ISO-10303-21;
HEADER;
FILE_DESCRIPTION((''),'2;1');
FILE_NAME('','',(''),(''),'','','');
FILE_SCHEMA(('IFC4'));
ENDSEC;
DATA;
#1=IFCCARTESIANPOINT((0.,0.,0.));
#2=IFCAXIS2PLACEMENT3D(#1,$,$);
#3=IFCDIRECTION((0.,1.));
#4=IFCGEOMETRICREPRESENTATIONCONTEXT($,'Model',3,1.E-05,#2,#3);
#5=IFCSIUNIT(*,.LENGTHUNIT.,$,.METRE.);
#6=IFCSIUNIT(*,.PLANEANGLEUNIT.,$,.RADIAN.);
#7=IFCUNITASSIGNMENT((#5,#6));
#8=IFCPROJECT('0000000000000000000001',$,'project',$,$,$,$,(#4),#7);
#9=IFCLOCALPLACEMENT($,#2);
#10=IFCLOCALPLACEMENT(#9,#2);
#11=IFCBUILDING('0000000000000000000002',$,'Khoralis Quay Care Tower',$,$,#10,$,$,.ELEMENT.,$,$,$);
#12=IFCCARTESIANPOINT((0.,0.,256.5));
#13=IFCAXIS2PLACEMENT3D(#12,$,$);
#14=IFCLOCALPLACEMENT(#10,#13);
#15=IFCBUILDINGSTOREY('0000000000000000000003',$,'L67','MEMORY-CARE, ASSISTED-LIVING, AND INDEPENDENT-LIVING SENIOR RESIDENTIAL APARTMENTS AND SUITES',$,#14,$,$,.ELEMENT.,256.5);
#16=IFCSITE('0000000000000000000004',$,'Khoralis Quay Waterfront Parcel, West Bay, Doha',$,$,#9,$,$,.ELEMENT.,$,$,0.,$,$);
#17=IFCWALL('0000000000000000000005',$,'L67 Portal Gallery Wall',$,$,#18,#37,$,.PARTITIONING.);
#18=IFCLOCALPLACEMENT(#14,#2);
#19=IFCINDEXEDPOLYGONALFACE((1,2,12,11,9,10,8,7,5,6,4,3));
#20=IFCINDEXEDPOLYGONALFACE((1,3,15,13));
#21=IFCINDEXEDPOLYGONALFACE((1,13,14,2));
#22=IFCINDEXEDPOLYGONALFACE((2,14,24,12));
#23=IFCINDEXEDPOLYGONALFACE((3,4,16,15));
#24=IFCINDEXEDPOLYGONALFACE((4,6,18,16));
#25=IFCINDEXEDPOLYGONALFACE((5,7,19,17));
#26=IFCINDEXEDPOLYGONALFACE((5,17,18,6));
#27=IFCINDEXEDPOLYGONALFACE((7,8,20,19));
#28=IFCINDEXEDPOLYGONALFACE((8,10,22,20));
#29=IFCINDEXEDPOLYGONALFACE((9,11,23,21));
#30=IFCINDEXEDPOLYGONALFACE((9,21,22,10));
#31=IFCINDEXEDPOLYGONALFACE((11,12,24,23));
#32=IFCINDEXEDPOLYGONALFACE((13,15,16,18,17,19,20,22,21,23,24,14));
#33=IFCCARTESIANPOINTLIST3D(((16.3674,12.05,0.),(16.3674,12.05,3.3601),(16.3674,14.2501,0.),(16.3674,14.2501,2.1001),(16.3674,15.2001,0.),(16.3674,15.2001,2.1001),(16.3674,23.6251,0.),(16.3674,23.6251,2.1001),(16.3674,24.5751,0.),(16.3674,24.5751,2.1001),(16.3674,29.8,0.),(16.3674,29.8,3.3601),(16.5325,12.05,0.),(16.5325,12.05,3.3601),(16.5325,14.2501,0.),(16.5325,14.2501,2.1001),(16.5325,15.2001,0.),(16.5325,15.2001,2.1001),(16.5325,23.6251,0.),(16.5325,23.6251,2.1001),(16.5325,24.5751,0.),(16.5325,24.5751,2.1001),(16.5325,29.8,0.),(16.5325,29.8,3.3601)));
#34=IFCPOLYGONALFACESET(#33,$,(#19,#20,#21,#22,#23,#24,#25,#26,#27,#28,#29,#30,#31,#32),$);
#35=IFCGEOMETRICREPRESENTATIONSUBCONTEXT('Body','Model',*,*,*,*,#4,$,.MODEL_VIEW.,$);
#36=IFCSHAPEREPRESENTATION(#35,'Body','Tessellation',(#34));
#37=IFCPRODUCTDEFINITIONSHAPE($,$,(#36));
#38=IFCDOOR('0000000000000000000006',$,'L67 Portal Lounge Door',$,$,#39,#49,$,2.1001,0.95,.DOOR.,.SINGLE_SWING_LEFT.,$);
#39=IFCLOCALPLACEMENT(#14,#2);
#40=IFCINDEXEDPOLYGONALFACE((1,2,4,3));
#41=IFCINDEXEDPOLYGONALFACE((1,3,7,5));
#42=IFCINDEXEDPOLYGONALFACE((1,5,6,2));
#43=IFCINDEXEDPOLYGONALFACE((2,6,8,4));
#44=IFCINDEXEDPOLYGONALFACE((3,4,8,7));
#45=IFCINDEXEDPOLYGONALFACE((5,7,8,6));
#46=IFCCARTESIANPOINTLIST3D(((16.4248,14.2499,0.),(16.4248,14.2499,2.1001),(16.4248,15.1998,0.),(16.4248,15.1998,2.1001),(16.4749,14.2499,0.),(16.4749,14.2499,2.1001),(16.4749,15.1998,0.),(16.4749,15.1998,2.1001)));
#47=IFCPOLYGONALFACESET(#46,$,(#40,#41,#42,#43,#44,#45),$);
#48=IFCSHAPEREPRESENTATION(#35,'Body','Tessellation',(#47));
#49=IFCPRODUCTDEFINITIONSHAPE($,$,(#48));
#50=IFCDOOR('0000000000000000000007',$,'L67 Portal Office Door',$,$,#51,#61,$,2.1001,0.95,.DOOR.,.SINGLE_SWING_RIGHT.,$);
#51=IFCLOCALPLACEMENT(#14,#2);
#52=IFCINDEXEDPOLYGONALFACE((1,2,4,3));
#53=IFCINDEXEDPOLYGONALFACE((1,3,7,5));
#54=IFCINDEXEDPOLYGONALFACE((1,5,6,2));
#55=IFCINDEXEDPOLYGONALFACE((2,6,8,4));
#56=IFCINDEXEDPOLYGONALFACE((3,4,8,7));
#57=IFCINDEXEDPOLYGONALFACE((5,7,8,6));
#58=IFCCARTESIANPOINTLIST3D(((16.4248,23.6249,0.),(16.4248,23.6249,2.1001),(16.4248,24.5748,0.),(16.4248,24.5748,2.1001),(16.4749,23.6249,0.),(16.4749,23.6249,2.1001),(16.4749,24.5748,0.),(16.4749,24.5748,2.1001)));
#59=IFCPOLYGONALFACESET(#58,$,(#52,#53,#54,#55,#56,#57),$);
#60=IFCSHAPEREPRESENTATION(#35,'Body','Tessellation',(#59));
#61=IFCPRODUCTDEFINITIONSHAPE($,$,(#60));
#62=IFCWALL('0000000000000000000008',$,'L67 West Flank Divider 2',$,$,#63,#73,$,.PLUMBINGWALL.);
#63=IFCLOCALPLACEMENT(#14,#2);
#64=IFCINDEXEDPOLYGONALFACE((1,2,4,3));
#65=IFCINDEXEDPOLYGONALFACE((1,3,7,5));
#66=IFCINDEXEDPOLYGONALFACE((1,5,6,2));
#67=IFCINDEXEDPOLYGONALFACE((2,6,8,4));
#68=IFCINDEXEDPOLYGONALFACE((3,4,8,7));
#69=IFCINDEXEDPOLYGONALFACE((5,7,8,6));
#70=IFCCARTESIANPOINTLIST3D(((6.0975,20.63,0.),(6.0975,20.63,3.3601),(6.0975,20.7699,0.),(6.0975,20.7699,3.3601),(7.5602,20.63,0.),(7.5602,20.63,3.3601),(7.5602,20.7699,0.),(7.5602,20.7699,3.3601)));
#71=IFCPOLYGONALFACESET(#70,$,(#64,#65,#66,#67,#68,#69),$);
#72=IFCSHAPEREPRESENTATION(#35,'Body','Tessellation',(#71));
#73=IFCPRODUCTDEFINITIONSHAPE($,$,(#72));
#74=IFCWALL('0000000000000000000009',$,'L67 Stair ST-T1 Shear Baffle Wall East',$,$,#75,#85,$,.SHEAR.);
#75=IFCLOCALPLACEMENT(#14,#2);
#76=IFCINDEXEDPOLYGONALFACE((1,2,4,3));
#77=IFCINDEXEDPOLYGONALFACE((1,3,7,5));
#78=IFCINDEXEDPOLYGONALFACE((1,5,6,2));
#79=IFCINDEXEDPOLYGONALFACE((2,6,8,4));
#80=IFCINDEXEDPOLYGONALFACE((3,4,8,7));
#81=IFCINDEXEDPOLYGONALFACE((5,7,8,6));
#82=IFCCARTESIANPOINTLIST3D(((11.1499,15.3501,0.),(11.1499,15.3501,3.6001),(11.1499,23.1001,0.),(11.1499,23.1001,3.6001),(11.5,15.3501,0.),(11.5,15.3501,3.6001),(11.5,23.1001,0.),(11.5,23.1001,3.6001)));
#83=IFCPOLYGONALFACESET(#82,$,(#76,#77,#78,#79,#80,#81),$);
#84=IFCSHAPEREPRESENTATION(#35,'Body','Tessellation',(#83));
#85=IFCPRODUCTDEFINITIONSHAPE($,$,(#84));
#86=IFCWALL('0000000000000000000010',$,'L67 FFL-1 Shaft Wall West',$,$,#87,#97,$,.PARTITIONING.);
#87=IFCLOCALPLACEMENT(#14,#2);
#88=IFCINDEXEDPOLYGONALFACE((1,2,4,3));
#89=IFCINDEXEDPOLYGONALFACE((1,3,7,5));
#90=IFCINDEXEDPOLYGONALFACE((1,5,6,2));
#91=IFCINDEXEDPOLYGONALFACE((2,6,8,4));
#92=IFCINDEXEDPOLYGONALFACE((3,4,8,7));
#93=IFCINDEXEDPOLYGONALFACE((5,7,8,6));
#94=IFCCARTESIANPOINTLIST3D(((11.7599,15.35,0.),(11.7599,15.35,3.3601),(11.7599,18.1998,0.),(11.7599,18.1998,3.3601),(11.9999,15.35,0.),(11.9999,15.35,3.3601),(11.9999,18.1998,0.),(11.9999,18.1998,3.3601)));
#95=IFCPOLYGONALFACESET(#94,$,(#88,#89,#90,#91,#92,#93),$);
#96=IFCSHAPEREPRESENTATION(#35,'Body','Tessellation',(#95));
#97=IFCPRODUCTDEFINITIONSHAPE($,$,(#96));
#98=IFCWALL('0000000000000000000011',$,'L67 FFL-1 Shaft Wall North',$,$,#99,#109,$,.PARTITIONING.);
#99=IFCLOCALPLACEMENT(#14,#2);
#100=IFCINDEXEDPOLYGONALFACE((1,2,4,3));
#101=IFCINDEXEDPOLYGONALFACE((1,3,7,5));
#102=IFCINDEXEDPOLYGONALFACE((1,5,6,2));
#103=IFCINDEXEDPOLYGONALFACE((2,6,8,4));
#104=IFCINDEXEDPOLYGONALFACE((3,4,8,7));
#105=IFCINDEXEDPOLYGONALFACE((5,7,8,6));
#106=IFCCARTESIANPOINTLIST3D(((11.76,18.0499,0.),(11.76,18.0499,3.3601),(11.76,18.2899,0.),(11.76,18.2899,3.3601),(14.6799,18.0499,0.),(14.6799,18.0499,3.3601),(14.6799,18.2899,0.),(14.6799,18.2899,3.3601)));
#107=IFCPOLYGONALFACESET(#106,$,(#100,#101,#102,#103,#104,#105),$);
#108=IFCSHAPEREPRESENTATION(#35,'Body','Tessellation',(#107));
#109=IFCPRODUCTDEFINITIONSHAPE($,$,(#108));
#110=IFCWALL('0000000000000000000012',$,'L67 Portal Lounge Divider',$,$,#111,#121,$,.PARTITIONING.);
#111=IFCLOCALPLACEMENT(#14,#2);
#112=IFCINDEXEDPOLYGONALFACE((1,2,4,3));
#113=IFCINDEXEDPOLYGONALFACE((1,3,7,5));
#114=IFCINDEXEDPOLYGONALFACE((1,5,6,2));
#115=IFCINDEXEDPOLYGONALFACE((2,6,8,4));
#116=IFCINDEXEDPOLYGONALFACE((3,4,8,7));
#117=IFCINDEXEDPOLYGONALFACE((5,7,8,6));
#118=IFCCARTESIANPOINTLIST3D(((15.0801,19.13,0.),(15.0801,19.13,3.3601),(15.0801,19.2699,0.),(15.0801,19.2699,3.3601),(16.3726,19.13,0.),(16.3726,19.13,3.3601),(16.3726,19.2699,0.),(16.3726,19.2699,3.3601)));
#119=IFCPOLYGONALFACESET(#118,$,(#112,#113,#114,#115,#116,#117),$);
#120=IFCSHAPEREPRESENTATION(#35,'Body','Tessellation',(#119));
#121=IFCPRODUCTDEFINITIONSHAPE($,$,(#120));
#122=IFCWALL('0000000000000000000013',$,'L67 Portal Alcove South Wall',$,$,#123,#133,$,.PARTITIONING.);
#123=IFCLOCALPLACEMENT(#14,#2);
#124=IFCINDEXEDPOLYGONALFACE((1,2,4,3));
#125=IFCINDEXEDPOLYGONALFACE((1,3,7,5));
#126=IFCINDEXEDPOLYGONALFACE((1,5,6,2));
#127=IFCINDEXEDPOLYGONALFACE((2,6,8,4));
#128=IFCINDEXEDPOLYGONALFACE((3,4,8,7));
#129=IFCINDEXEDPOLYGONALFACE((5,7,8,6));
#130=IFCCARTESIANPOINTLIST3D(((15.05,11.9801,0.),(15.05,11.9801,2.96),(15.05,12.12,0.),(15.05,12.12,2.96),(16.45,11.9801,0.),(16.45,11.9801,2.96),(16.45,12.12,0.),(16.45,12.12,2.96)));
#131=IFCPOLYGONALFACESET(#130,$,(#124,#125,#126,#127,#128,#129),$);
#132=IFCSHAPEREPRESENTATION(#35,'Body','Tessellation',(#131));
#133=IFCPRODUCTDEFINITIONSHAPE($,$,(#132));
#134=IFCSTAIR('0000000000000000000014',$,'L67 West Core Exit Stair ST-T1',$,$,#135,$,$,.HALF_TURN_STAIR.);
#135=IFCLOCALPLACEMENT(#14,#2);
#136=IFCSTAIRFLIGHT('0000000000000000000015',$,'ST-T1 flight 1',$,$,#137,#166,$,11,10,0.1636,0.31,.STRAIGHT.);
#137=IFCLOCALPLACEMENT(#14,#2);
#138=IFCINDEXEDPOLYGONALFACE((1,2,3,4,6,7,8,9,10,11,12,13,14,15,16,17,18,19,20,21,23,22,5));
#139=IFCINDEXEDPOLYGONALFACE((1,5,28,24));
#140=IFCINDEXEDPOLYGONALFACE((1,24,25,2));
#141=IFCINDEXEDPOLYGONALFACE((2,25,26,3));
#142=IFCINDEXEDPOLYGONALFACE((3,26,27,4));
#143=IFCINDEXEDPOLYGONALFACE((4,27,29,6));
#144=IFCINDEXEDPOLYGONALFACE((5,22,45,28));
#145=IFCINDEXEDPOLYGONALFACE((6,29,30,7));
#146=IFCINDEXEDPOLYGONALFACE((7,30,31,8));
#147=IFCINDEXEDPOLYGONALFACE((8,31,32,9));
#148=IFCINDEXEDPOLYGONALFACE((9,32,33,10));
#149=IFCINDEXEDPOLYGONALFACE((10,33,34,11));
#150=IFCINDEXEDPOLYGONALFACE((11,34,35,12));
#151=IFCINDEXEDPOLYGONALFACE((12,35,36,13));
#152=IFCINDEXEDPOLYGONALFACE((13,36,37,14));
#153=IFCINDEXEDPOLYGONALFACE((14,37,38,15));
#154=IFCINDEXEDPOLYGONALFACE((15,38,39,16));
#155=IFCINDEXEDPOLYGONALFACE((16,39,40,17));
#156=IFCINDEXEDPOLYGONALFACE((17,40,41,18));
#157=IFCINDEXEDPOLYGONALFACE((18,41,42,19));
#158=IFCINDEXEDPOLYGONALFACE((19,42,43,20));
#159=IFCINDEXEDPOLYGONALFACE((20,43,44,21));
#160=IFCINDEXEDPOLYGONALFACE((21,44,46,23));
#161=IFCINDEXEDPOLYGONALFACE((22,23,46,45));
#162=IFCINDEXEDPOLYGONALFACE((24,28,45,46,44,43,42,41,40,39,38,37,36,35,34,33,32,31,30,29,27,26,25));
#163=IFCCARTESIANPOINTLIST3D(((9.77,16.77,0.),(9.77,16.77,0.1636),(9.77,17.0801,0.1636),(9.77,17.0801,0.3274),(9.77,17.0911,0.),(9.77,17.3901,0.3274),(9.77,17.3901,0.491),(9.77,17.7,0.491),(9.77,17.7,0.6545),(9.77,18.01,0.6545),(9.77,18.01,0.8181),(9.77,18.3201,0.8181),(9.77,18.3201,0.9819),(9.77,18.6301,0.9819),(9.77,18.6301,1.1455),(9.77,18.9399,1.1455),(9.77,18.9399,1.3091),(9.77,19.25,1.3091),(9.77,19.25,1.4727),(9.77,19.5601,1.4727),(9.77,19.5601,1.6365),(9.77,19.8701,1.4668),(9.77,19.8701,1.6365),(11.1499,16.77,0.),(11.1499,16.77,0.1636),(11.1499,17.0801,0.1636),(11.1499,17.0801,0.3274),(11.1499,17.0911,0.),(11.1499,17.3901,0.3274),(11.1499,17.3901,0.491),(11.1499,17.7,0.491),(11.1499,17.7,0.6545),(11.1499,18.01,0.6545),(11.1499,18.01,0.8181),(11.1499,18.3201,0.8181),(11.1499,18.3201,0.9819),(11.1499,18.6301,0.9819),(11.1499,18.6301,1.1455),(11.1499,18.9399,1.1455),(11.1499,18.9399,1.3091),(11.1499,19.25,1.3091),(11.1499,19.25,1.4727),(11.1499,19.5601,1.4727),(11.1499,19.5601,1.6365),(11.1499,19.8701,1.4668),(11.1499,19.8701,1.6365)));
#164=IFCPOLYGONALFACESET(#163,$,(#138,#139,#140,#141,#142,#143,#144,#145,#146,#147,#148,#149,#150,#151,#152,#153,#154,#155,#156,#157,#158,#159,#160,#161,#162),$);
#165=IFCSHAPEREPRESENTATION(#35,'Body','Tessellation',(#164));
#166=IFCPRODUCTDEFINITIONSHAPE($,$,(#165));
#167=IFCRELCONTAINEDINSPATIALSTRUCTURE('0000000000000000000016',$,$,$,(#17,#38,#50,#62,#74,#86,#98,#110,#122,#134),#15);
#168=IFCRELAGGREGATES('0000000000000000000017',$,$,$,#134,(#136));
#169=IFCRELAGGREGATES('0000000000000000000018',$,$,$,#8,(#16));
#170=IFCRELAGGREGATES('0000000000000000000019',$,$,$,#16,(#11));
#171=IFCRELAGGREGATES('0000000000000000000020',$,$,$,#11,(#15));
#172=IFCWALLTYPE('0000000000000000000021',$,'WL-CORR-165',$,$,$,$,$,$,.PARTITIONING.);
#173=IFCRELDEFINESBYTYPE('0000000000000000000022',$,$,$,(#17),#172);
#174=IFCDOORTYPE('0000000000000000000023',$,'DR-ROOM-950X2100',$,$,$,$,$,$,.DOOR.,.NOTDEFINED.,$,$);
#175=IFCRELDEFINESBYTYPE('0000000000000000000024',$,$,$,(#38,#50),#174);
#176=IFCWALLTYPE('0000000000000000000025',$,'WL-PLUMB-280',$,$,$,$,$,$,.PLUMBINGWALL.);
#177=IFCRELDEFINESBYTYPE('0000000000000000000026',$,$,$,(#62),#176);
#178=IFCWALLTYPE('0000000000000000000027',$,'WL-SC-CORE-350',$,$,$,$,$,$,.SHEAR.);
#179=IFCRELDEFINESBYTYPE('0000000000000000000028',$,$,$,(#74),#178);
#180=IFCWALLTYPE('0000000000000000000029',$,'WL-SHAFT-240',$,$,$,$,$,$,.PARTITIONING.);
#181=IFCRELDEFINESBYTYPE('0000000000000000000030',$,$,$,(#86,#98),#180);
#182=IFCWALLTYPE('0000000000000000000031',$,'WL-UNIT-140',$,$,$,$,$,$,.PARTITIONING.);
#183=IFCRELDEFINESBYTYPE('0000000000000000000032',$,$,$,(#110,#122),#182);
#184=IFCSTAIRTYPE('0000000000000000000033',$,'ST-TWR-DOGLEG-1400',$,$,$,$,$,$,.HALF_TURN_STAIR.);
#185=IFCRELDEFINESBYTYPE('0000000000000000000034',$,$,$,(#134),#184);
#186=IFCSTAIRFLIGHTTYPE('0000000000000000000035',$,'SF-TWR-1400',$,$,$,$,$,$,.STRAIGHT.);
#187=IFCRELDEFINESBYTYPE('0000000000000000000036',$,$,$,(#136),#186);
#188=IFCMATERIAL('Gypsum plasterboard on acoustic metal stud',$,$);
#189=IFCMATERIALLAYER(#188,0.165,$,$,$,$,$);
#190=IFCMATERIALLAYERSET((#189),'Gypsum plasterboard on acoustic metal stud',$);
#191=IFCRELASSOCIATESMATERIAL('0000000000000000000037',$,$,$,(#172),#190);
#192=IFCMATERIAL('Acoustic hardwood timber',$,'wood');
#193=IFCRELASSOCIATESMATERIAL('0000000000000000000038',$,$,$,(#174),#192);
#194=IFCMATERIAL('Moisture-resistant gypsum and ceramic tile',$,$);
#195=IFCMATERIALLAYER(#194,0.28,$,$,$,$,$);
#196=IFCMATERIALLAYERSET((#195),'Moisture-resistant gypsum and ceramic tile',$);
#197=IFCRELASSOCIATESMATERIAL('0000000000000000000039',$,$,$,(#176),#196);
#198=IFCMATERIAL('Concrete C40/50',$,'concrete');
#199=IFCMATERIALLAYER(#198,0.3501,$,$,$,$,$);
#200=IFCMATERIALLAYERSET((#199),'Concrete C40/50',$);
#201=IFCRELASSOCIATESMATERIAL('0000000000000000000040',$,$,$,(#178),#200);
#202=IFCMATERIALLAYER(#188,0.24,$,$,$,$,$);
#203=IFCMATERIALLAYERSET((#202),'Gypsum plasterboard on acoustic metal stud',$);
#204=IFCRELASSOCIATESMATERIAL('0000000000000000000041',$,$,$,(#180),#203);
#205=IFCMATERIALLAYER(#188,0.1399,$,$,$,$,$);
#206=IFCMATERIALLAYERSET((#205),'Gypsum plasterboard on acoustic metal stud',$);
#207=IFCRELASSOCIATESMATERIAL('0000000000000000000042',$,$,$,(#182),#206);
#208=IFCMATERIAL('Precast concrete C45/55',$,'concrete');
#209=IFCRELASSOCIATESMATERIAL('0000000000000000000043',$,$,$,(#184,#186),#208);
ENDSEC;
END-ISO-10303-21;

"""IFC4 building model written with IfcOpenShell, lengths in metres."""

from ifc_helpers import new_model, si_unit, direction, frame, frame_2d, origin, place, context, subcontext, project, spatial, polyline, rectangle, outline, extrude, source, transform, mapped, material, layer, layer_set, type_object, element, fill, aggregate, save


model = new_model("IFC4")

# Units and contexts
model_context = context("Model", 3, precision=1e-05, world=origin(), true_north=direction((0.0, 1.0)))
body_context = subcontext(model_context, "Body", "Model", "MODEL_VIEW")
ifc_project = project(units=[si_unit("LENGTHUNIT", "METRE"), si_unit("PLANEANGLEUNIT", "RADIAN")], contexts=[model_context])

# Site, building, storey
site_placement = place(None, origin())
site = spatial("IfcSite", under=ifc_project, at=site_placement, Name="Khoralis Quay Waterfront Parcel, West Bay, Doha", CompositionType="ELEMENT", RefElevation=0.0)
building_placement = place(site_placement, origin())
building = spatial("IfcBuilding", under=site, at=building_placement, Name="Khoralis Quay Care Tower", CompositionType="ELEMENT")
storey_placement = place(building_placement, frame((0.0, 0.0, 256.5)))
storey = spatial("IfcBuildingStorey", under=building, at=storey_placement, Name="L67", Description="MEMORY-CARE, ASSISTED-LIVING, AND INDEPENDENT-LIVING SENIOR RESIDENTIAL APARTMENTS AND SUITES", CompositionType="ELEMENT", Elevation=256.5)

# Wall, openings, doors
ifc_material_1 = material(Name="Gypsum plasterboard on acoustic metal stud")
ifc_layer_1 = layer(ifc_material_1, 0.165)
ifc_layer_set_1 = layer_set([ifc_layer_1], Name="Gypsum plasterboard on acoustic metal stud")
wall_type_1 = type_object("IfcWallType", Name="WL-CORR-165", PredefinedType="PARTITIONING", material=ifc_layer_set_1)
wall_1_placement = place(storey_placement, frame((16.45, 12.05, 0.0), z_axis=(0.0, 0.0, 1.0), x_axis=(0.0, 1.0, 0.0)))
wall_1 = element("IfcWall", 1, at=wall_1_placement, inside=storey, type_object=wall_type_1, Name="L67 Portal Gallery Wall", PredefinedType="PARTITIONING", context=body_context, shape_type="SweptSolid", body=[
    extrude(rectangle(XDim=17.75, YDim=0.165, at=frame_2d((8.875, 0.0))), origin(), (0.0, 0.0, 1.0), 3.3601),
])
opening_1_placement = place(wall_1_placement, frame((2.2, 0.0, 0.0)))
opening_1 = element("IfcOpeningElement", 2, at=opening_1_placement, cuts=wall_1, PredefinedType="OPENING", context=body_context, shape_type="SweptSolid", body=[
    extrude(rectangle(XDim=0.95, YDim=2.1001, at=frame_2d((0.4751, 1.05))), frame((0.0, 0.0925, 0.0), z_axis=(0.0, -1.0, 0.0), x_axis=(1.0, 0.0, 0.0)), (0.0, 0.0, 1.0), 0.1851),
])
opening_2_placement = place(wall_1_placement, frame((11.575, 0.0, 0.0)))
opening_2 = element("IfcOpeningElement", 3, at=opening_2_placement, cuts=wall_1, PredefinedType="OPENING", context=body_context, shape_type="SweptSolid", body=[
    extrude(rectangle(XDim=0.95, YDim=2.1001, at=frame_2d((0.4751, 1.05))), frame((0.0, 0.0925, 0.0), z_axis=(0.0, -1.0, 0.0), x_axis=(1.0, 0.0, 0.0)), (0.0, 0.0, 1.0), 0.1851),
])
ifc_material_2 = material(Name="Acoustic hardwood timber", Category="wood")
door_type_1 = type_object("IfcDoorType", Name="DR-ROOM-950X2100", OperationType="NOTDEFINED", PredefinedType="DOOR", material=ifc_material_2)
shared_shape_1 = source(origin(), body_context, "Body", "SweptSolid", [
    extrude(rectangle(XDim=0.95, YDim=2.1001, at=frame_2d((0.4751, 1.05))), frame((0.0, 0.0249, 0.0), z_axis=(0.0, -1.0, 0.0), x_axis=(1.0, 0.0, 0.0)), (0.0, 0.0, 1.0), 0.05),
])
door_1_placement = place(opening_1_placement, frame((0.95, 0.0, 0.0), z_axis=(0.0, 0.0, 1.0), x_axis=(-1.0, 0.0, 0.0)))
door_1 = element("IfcDoor", 4, at=door_1_placement, inside=storey, type_object=door_type_1, Name="L67 Portal Lounge Door", OperationType="SINGLE_SWING_LEFT", OverallHeight=2.1001, OverallWidth=0.95, PredefinedType="DOOR", context=body_context, shape_type="MappedRepresentation", body=[
    mapped(shared_shape_1, transform((0.0, 0.0, 0.0), scale=1.0)),
])
fill(opening_1, door_1)
door_2_placement = place(opening_2_placement, frame((0.95, 0.0, 0.0), z_axis=(0.0, 0.0, 1.0), x_axis=(-1.0, 0.0, 0.0)))
door_2 = element("IfcDoor", 5, at=door_2_placement, inside=storey, type_object=door_type_1, Name="L67 Portal Office Door", OperationType="SINGLE_SWING_RIGHT", OverallHeight=2.1001, OverallWidth=0.95, PredefinedType="DOOR", context=body_context, shape_type="MappedRepresentation", body=[
    mapped(shared_shape_1, transform((0.0, 0.0, 0.0), scale=1.0)),
])
fill(opening_2, door_2)

# Walls
ifc_material_3 = material(Name="Moisture-resistant gypsum and ceramic tile")
ifc_layer_2 = layer(ifc_material_3, 0.28)
ifc_layer_set_2 = layer_set([ifc_layer_2], Name="Moisture-resistant gypsum and ceramic tile")
wall_type_2 = type_object("IfcWallType", Name="WL-PLUMB-280", PredefinedType="PLUMBINGWALL", material=ifc_layer_set_2)
wall_2_placement = place(storey_placement, frame((6.0974, 20.7, 0.0), z_axis=(0.0, 0.0, 1.0), x_axis=(1.0, 0.0, 0.0)))
element("IfcWall", 6, at=wall_2_placement, inside=storey, type_object=wall_type_2, Name="L67 West Flank Divider 2", PredefinedType="PLUMBINGWALL", context=body_context, shape_type="SweptSolid", body=[
    extrude(rectangle(XDim=1.4626, YDim=0.1399, at=frame_2d((0.7314, 0.0))), origin(), (0.0, 0.0, 1.0), 3.3601),
])
ifc_material_4 = material(Name="Concrete C40/50", Category="concrete")
ifc_layer_3 = layer(ifc_material_4, 0.3501)
ifc_layer_set_3 = layer_set([ifc_layer_3], Name="Concrete C40/50")
wall_type_3 = type_object("IfcWallType", Name="WL-SC-CORE-350", PredefinedType="SHEAR", material=ifc_layer_set_3)
wall_3_placement = place(storey_placement, frame((11.325, 15.3501, 0.0), z_axis=(0.0, 0.0, 1.0), x_axis=(0.0, 1.0, 0.0)))
element("IfcWall", 7, at=wall_3_placement, inside=storey, type_object=wall_type_3, Name="L67 Stair ST-T1 Shear Baffle Wall East", PredefinedType="SHEAR", context=body_context, shape_type="SweptSolid", body=[
    extrude(rectangle(XDim=7.75, YDim=0.3501, at=frame_2d((3.875, 0.0))), origin(), (0.0, 0.0, 1.0), 3.6001),
])
ifc_layer_4 = layer(ifc_material_1, 0.24)
ifc_layer_set_4 = layer_set([ifc_layer_4], Name="Gypsum plasterboard on acoustic metal stud")
wall_type_4 = type_object("IfcWallType", Name="WL-SHAFT-240", PredefinedType="PARTITIONING", material=ifc_layer_set_4)
wall_4_placement = place(storey_placement, frame((11.8799, 15.3501, 0.0), z_axis=(0.0, 0.0, 1.0), x_axis=(0.0, 1.0, 0.0)))
element("IfcWall", 8, at=wall_4_placement, inside=storey, type_object=wall_type_4, Name="L67 FFL-1 Shaft Wall West", PredefinedType="PARTITIONING", context=body_context, shape_type="SweptSolid", body=[
    extrude(rectangle(XDim=2.8499, YDim=0.24, at=frame_2d((1.4248, 0.0))), origin(), (0.0, 0.0, 1.0), 3.3601),
])
wall_5_placement = place(storey_placement, frame((11.76, 18.1699, 0.0), z_axis=(0.0, 0.0, 1.0), x_axis=(1.0, 0.0, 0.0)))
element("IfcWall", 9, at=wall_5_placement, inside=storey, type_object=wall_type_4, Name="L67 FFL-1 Shaft Wall North", PredefinedType="PARTITIONING", context=body_context, shape_type="SweptSolid", body=[
    extrude(rectangle(XDim=2.9199, YDim=0.24, at=frame_2d((1.46, 0.0))), origin(), (0.0, 0.0, 1.0), 3.3601),
])
ifc_layer_5 = layer(ifc_material_1, 0.1399)
ifc_layer_set_5 = layer_set([ifc_layer_5], Name="Gypsum plasterboard on acoustic metal stud")
wall_type_5 = type_object("IfcWallType", Name="WL-UNIT-140", PredefinedType="PARTITIONING", material=ifc_layer_set_5)
wall_6_placement = place(storey_placement, frame((15.0801, 19.2, 0.0), z_axis=(0.0, 0.0, 1.0), x_axis=(1.0, 0.0, 0.0)))
element("IfcWall", 10, at=wall_6_placement, inside=storey, type_object=wall_type_5, Name="L67 Portal Lounge Divider", PredefinedType="PARTITIONING", context=body_context, shape_type="SweptSolid", body=[
    extrude(rectangle(XDim=1.2925, YDim=0.1399, at=frame_2d((0.6462, 0.0))), origin(), (0.0, 0.0, 1.0), 3.3601),
])
wall_7_placement = place(storey_placement, frame((15.05, 12.05, 0.0), z_axis=(0.0, 0.0, 1.0), x_axis=(1.0, 0.0, 0.0)))
element("IfcWall", 11, at=wall_7_placement, inside=storey, type_object=wall_type_5, Name="L67 Portal Alcove South Wall", PredefinedType="PARTITIONING", context=body_context, shape_type="SweptSolid", body=[
    extrude(rectangle(XDim=1.3999, YDim=0.1399, at=frame_2d((0.7, 0.0))), origin(), (0.0, 0.0, 1.0), 2.96),
])

# Stair, stair flight
ifc_material_5 = material(Name="Precast concrete C45/55", Category="concrete")
stair_type = type_object("IfcStairType", Name="ST-TWR-DOGLEG-1400", PredefinedType="HALF_TURN_STAIR", material=ifc_material_5)
stair_placement = place(storey_placement, origin())
stair = element("IfcStair", 12, at=stair_placement, inside=storey, type_object=stair_type, Name="L67 West Core Exit Stair ST-T1", PredefinedType="HALF_TURN_STAIR")
stair_flight_type = type_object("IfcStairFlightType", Name="SF-TWR-1400", PredefinedType="STRAIGHT", material=ifc_material_5)
shared_shape_2 = source(origin(), body_context, "Body", "SweptSolid", [
    extrude(outline(polyline([(0.0, 0.0), (0.0, 0.1636), (0.3101, 0.1636), (0.3101, 0.3274), (0.6201, 0.3274), (0.6201, 0.491), (0.9299, 0.491), (0.9299, 0.6545), (1.24, 0.6545), (1.24, 0.8181), (1.55, 0.8181), (1.55, 0.9819), (1.8601, 0.9819), (1.8601, 1.1455), (2.1699, 1.1455), (2.1699, 1.3091), (2.48, 1.3091), (2.48, 1.4727), (2.79, 1.4727), (2.79, 1.6365), (3.1001, 1.6365), (3.1001, 1.8), (3.1001, 1.4668), (0.321, 0.0), (0.0, 0.0)])), frame((0.0, 0.6899, 0.0), z_axis=(0.0, -1.0, 0.0), x_axis=(1.0, 0.0, 0.0)), (0.0, 0.0, 1.0), 1.3799),
])
stair_flight_1_placement = place(storey_placement, frame((10.46, 16.77, 0.0), z_axis=(0.0, 0.0, 1.0), x_axis=(0.0, 1.0, 0.0)))
stair_flight_1 = element("IfcStairFlight", 13, at=stair_flight_1_placement, type_object=stair_flight_type, Name="ST-T1 flight 1", NumberOfRisers=11, NumberOfTreads=10, PredefinedType="STRAIGHT", RiserHeight=0.1636, TreadLength=0.31, context=body_context, shape_type="MappedRepresentation", body=[
    mapped(shared_shape_2, transform((0.0, 0.0, 0.0), scale=1.0)),
])
aggregate(stair, [stair_flight_1])

save(model, "model.ifc")
